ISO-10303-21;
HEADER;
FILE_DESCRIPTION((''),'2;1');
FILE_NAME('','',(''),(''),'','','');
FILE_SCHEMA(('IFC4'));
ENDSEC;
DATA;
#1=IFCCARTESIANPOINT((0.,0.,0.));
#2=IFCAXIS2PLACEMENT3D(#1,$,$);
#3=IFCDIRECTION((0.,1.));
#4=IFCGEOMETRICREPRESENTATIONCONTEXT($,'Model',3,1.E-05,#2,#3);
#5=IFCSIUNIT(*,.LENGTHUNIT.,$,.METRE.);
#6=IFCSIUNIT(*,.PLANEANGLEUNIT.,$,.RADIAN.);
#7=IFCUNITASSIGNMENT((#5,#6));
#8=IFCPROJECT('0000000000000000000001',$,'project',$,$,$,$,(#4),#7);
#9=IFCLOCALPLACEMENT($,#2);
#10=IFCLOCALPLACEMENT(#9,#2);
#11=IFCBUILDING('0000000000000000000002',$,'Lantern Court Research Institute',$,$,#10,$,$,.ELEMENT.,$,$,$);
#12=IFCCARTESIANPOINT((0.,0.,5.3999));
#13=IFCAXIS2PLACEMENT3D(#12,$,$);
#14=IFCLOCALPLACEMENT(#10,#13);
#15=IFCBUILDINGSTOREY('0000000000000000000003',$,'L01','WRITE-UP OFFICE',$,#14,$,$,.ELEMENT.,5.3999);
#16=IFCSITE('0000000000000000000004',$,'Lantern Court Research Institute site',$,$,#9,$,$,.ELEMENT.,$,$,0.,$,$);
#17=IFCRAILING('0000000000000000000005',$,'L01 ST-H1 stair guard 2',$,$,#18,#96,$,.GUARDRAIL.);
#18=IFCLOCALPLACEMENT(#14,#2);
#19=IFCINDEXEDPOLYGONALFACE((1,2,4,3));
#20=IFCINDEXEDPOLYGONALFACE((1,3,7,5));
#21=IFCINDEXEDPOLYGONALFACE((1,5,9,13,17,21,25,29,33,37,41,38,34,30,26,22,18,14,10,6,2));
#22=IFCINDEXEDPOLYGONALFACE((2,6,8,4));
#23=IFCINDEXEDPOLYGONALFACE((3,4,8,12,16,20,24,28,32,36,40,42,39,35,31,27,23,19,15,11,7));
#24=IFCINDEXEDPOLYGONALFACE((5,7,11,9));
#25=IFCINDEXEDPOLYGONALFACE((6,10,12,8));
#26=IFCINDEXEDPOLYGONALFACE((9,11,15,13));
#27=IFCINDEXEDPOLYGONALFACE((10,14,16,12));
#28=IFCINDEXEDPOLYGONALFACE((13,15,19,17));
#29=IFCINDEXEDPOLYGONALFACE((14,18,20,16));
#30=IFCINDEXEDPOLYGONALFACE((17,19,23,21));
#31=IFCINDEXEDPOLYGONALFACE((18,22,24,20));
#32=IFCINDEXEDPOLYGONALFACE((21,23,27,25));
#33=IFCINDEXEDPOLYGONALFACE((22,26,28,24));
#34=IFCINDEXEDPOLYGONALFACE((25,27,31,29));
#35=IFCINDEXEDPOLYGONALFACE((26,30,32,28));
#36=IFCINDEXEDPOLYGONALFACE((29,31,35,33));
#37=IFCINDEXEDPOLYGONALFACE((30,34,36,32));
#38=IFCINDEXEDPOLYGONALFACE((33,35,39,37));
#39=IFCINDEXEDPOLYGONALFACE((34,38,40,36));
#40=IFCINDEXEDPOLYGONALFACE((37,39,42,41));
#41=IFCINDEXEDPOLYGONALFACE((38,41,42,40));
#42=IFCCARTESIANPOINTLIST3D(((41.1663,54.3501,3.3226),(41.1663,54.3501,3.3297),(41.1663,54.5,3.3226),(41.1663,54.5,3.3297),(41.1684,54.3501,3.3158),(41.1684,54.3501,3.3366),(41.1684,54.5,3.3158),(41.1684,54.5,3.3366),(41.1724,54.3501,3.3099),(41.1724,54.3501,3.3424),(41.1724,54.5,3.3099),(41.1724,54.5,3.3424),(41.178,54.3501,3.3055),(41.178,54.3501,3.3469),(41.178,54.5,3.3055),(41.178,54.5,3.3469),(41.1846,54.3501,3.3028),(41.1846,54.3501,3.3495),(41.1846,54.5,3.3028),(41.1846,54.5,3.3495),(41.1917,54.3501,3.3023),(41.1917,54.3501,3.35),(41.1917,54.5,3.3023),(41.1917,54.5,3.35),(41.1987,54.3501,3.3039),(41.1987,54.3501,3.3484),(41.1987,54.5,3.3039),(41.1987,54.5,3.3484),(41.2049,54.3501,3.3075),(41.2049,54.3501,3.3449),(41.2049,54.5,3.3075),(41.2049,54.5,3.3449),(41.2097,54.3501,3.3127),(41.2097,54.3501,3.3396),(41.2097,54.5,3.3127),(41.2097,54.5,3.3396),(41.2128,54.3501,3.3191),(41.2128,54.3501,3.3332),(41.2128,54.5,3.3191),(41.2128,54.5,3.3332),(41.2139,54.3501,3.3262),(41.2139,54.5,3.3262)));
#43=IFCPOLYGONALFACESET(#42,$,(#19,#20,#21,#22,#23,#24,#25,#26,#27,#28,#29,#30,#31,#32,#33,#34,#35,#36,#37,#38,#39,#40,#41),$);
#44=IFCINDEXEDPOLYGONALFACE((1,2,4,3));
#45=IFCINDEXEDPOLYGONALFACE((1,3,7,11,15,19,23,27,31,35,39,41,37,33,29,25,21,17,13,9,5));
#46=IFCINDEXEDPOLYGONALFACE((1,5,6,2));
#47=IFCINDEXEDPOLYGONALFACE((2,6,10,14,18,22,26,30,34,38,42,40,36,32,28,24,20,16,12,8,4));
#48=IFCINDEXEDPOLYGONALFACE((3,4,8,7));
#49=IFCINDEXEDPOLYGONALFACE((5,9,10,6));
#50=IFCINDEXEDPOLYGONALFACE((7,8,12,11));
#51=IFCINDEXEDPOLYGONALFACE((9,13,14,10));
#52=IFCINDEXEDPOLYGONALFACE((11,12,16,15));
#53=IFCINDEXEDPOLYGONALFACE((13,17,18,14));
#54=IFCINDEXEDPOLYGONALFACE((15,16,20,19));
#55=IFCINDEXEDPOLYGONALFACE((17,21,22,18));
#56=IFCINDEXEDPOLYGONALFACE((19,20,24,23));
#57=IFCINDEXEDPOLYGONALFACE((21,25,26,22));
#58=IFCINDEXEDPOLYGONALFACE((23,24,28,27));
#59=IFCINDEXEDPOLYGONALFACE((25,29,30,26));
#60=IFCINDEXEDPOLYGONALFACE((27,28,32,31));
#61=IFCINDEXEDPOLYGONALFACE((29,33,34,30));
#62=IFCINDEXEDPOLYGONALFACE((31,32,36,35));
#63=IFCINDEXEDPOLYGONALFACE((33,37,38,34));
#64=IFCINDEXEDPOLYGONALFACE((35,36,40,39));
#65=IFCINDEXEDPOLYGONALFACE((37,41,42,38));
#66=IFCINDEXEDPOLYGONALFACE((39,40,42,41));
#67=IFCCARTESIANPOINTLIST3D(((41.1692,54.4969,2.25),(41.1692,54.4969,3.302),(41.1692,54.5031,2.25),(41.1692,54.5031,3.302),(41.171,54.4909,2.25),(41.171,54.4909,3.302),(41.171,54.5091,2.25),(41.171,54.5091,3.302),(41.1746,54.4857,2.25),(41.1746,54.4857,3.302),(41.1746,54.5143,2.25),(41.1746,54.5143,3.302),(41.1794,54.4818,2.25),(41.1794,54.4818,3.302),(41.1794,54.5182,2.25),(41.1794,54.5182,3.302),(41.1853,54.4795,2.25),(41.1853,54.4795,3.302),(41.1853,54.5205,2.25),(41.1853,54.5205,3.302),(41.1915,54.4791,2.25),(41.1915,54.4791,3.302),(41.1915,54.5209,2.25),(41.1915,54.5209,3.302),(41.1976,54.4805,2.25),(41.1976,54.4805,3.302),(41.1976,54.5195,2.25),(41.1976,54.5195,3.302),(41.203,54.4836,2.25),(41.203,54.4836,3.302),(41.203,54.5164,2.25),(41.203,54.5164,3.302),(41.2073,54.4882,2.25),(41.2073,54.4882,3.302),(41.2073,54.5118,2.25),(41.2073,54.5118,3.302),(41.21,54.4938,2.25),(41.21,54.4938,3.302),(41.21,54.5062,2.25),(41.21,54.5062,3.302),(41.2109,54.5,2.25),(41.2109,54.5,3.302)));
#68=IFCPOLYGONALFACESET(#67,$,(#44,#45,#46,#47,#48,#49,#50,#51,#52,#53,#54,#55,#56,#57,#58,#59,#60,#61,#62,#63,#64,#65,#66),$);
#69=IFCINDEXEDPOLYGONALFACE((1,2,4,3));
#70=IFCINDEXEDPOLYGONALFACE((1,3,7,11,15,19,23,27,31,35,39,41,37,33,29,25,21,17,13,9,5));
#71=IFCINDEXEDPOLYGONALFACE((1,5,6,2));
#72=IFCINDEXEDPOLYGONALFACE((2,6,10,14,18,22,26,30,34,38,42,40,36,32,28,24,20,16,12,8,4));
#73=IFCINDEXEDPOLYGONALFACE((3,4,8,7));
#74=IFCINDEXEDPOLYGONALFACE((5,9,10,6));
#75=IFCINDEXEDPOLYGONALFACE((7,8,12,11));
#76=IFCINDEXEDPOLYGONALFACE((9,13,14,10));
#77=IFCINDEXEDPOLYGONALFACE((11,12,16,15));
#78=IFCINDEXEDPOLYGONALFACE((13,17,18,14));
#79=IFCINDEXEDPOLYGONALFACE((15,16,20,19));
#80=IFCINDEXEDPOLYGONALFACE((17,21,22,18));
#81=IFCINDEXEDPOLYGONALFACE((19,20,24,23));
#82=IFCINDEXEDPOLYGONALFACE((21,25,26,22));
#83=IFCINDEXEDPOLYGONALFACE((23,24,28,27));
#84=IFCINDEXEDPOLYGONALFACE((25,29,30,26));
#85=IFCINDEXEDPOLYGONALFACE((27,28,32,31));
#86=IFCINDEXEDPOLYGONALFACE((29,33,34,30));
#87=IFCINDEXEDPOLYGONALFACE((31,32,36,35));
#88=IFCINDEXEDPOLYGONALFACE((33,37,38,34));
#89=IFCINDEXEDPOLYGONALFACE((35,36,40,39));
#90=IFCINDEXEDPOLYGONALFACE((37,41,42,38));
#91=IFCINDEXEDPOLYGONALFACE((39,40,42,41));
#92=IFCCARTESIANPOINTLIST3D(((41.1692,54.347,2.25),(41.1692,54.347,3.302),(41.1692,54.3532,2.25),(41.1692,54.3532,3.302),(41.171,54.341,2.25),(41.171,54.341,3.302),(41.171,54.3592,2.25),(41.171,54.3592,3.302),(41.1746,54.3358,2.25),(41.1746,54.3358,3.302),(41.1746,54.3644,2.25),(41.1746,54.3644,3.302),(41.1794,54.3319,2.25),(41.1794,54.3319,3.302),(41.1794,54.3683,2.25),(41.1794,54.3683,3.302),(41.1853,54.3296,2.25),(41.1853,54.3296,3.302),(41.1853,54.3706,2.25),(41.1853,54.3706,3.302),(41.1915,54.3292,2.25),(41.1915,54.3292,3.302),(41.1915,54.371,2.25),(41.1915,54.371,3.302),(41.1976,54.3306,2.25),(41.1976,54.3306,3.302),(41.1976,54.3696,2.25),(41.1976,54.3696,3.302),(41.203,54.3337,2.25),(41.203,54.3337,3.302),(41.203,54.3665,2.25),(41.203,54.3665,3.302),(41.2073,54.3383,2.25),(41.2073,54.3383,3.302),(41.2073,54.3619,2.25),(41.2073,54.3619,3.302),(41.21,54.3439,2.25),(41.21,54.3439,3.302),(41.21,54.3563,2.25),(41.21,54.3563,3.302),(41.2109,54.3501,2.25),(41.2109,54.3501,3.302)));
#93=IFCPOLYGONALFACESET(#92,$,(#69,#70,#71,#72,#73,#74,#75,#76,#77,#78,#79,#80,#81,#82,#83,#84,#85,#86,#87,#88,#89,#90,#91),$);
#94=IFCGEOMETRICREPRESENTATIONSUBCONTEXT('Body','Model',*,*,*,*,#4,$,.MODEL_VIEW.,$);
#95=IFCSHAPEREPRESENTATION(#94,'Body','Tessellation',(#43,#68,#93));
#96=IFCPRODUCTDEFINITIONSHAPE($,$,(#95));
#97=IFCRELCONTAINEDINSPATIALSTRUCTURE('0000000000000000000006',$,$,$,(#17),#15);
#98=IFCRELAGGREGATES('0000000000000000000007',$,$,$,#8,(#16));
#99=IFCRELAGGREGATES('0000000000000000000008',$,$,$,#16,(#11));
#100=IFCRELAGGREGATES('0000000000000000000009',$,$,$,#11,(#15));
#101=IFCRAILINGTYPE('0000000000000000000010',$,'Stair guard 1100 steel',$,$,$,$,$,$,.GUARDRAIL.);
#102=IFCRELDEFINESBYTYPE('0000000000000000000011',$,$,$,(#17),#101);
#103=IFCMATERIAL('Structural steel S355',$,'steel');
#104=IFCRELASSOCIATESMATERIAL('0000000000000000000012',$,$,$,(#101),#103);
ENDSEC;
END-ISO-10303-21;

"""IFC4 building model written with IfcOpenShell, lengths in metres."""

from ifc_helpers import new_model, si_unit, direction, frame, origin, origin_2d, place, context, subcontext, project, spatial, circle, extrude, material, type_object, element, save


model = new_model("IFC4")

# Units and contexts
model_context = context("Model", 3, precision=1e-05, world=origin(), true_north=direction((0.0, 1.0)))
body_context = subcontext(model_context, "Body", "Model", "MODEL_VIEW")
ifc_project = project(units=[si_unit("LENGTHUNIT", "METRE"), si_unit("PLANEANGLEUNIT", "RADIAN")], contexts=[model_context])

# Site, building, storey
site_placement = place(None, origin())
site = spatial("IfcSite", under=ifc_project, at=site_placement, Name="Lantern Court Research Institute site", CompositionType="ELEMENT", RefElevation=0.0)
building_placement = place(site_placement, origin())
building = spatial("IfcBuilding", under=site, at=building_placement, Name="Lantern Court Research Institute", CompositionType="ELEMENT")
storey_placement = place(building_placement, frame((0.0, 0.0, 5.3999)))
storey = spatial("IfcBuildingStorey", under=building, at=storey_placement, Name="L01", Description="WRITE-UP OFFICE", CompositionType="ELEMENT", Elevation=5.3999)

# Railing
ifc_material_1 = material(Name="Structural steel S355", Category="steel")
railing_type_1 = type_object("IfcRailingType", Name="Stair guard 1100 steel", PredefinedType="GUARDRAIL", material=ifc_material_1)
railing_1_placement = place(storey_placement, frame((41.1899, 54.5, 2.25)))
element("IfcRailing", 1, at=railing_1_placement, inside=storey, type_object=railing_type_1, Name="L01 ST-H1 stair guard 2", PredefinedType="GUARDRAIL", context=body_context, shape_type="SweptSolid", body=[
    extrude(circle(Radius=0.0239, at=origin_2d()), frame((0.0, 0.0, 1.0762), z_axis=(0.0, -1.0, 0.0), x_axis=(1.0, 0.0, 0.0)), (0.0, 0.0, 1.0), 0.1499),
    extrude(circle(Radius=0.021, at=origin_2d()), origin(), (0.0, 0.0, 1.0), 1.052),
    extrude(circle(Radius=0.021, at=origin_2d()), frame((0.0, -0.1499, 0.0)), (0.0, 0.0, 1.0), 1.052),
])

save(model, "model.ifc")
